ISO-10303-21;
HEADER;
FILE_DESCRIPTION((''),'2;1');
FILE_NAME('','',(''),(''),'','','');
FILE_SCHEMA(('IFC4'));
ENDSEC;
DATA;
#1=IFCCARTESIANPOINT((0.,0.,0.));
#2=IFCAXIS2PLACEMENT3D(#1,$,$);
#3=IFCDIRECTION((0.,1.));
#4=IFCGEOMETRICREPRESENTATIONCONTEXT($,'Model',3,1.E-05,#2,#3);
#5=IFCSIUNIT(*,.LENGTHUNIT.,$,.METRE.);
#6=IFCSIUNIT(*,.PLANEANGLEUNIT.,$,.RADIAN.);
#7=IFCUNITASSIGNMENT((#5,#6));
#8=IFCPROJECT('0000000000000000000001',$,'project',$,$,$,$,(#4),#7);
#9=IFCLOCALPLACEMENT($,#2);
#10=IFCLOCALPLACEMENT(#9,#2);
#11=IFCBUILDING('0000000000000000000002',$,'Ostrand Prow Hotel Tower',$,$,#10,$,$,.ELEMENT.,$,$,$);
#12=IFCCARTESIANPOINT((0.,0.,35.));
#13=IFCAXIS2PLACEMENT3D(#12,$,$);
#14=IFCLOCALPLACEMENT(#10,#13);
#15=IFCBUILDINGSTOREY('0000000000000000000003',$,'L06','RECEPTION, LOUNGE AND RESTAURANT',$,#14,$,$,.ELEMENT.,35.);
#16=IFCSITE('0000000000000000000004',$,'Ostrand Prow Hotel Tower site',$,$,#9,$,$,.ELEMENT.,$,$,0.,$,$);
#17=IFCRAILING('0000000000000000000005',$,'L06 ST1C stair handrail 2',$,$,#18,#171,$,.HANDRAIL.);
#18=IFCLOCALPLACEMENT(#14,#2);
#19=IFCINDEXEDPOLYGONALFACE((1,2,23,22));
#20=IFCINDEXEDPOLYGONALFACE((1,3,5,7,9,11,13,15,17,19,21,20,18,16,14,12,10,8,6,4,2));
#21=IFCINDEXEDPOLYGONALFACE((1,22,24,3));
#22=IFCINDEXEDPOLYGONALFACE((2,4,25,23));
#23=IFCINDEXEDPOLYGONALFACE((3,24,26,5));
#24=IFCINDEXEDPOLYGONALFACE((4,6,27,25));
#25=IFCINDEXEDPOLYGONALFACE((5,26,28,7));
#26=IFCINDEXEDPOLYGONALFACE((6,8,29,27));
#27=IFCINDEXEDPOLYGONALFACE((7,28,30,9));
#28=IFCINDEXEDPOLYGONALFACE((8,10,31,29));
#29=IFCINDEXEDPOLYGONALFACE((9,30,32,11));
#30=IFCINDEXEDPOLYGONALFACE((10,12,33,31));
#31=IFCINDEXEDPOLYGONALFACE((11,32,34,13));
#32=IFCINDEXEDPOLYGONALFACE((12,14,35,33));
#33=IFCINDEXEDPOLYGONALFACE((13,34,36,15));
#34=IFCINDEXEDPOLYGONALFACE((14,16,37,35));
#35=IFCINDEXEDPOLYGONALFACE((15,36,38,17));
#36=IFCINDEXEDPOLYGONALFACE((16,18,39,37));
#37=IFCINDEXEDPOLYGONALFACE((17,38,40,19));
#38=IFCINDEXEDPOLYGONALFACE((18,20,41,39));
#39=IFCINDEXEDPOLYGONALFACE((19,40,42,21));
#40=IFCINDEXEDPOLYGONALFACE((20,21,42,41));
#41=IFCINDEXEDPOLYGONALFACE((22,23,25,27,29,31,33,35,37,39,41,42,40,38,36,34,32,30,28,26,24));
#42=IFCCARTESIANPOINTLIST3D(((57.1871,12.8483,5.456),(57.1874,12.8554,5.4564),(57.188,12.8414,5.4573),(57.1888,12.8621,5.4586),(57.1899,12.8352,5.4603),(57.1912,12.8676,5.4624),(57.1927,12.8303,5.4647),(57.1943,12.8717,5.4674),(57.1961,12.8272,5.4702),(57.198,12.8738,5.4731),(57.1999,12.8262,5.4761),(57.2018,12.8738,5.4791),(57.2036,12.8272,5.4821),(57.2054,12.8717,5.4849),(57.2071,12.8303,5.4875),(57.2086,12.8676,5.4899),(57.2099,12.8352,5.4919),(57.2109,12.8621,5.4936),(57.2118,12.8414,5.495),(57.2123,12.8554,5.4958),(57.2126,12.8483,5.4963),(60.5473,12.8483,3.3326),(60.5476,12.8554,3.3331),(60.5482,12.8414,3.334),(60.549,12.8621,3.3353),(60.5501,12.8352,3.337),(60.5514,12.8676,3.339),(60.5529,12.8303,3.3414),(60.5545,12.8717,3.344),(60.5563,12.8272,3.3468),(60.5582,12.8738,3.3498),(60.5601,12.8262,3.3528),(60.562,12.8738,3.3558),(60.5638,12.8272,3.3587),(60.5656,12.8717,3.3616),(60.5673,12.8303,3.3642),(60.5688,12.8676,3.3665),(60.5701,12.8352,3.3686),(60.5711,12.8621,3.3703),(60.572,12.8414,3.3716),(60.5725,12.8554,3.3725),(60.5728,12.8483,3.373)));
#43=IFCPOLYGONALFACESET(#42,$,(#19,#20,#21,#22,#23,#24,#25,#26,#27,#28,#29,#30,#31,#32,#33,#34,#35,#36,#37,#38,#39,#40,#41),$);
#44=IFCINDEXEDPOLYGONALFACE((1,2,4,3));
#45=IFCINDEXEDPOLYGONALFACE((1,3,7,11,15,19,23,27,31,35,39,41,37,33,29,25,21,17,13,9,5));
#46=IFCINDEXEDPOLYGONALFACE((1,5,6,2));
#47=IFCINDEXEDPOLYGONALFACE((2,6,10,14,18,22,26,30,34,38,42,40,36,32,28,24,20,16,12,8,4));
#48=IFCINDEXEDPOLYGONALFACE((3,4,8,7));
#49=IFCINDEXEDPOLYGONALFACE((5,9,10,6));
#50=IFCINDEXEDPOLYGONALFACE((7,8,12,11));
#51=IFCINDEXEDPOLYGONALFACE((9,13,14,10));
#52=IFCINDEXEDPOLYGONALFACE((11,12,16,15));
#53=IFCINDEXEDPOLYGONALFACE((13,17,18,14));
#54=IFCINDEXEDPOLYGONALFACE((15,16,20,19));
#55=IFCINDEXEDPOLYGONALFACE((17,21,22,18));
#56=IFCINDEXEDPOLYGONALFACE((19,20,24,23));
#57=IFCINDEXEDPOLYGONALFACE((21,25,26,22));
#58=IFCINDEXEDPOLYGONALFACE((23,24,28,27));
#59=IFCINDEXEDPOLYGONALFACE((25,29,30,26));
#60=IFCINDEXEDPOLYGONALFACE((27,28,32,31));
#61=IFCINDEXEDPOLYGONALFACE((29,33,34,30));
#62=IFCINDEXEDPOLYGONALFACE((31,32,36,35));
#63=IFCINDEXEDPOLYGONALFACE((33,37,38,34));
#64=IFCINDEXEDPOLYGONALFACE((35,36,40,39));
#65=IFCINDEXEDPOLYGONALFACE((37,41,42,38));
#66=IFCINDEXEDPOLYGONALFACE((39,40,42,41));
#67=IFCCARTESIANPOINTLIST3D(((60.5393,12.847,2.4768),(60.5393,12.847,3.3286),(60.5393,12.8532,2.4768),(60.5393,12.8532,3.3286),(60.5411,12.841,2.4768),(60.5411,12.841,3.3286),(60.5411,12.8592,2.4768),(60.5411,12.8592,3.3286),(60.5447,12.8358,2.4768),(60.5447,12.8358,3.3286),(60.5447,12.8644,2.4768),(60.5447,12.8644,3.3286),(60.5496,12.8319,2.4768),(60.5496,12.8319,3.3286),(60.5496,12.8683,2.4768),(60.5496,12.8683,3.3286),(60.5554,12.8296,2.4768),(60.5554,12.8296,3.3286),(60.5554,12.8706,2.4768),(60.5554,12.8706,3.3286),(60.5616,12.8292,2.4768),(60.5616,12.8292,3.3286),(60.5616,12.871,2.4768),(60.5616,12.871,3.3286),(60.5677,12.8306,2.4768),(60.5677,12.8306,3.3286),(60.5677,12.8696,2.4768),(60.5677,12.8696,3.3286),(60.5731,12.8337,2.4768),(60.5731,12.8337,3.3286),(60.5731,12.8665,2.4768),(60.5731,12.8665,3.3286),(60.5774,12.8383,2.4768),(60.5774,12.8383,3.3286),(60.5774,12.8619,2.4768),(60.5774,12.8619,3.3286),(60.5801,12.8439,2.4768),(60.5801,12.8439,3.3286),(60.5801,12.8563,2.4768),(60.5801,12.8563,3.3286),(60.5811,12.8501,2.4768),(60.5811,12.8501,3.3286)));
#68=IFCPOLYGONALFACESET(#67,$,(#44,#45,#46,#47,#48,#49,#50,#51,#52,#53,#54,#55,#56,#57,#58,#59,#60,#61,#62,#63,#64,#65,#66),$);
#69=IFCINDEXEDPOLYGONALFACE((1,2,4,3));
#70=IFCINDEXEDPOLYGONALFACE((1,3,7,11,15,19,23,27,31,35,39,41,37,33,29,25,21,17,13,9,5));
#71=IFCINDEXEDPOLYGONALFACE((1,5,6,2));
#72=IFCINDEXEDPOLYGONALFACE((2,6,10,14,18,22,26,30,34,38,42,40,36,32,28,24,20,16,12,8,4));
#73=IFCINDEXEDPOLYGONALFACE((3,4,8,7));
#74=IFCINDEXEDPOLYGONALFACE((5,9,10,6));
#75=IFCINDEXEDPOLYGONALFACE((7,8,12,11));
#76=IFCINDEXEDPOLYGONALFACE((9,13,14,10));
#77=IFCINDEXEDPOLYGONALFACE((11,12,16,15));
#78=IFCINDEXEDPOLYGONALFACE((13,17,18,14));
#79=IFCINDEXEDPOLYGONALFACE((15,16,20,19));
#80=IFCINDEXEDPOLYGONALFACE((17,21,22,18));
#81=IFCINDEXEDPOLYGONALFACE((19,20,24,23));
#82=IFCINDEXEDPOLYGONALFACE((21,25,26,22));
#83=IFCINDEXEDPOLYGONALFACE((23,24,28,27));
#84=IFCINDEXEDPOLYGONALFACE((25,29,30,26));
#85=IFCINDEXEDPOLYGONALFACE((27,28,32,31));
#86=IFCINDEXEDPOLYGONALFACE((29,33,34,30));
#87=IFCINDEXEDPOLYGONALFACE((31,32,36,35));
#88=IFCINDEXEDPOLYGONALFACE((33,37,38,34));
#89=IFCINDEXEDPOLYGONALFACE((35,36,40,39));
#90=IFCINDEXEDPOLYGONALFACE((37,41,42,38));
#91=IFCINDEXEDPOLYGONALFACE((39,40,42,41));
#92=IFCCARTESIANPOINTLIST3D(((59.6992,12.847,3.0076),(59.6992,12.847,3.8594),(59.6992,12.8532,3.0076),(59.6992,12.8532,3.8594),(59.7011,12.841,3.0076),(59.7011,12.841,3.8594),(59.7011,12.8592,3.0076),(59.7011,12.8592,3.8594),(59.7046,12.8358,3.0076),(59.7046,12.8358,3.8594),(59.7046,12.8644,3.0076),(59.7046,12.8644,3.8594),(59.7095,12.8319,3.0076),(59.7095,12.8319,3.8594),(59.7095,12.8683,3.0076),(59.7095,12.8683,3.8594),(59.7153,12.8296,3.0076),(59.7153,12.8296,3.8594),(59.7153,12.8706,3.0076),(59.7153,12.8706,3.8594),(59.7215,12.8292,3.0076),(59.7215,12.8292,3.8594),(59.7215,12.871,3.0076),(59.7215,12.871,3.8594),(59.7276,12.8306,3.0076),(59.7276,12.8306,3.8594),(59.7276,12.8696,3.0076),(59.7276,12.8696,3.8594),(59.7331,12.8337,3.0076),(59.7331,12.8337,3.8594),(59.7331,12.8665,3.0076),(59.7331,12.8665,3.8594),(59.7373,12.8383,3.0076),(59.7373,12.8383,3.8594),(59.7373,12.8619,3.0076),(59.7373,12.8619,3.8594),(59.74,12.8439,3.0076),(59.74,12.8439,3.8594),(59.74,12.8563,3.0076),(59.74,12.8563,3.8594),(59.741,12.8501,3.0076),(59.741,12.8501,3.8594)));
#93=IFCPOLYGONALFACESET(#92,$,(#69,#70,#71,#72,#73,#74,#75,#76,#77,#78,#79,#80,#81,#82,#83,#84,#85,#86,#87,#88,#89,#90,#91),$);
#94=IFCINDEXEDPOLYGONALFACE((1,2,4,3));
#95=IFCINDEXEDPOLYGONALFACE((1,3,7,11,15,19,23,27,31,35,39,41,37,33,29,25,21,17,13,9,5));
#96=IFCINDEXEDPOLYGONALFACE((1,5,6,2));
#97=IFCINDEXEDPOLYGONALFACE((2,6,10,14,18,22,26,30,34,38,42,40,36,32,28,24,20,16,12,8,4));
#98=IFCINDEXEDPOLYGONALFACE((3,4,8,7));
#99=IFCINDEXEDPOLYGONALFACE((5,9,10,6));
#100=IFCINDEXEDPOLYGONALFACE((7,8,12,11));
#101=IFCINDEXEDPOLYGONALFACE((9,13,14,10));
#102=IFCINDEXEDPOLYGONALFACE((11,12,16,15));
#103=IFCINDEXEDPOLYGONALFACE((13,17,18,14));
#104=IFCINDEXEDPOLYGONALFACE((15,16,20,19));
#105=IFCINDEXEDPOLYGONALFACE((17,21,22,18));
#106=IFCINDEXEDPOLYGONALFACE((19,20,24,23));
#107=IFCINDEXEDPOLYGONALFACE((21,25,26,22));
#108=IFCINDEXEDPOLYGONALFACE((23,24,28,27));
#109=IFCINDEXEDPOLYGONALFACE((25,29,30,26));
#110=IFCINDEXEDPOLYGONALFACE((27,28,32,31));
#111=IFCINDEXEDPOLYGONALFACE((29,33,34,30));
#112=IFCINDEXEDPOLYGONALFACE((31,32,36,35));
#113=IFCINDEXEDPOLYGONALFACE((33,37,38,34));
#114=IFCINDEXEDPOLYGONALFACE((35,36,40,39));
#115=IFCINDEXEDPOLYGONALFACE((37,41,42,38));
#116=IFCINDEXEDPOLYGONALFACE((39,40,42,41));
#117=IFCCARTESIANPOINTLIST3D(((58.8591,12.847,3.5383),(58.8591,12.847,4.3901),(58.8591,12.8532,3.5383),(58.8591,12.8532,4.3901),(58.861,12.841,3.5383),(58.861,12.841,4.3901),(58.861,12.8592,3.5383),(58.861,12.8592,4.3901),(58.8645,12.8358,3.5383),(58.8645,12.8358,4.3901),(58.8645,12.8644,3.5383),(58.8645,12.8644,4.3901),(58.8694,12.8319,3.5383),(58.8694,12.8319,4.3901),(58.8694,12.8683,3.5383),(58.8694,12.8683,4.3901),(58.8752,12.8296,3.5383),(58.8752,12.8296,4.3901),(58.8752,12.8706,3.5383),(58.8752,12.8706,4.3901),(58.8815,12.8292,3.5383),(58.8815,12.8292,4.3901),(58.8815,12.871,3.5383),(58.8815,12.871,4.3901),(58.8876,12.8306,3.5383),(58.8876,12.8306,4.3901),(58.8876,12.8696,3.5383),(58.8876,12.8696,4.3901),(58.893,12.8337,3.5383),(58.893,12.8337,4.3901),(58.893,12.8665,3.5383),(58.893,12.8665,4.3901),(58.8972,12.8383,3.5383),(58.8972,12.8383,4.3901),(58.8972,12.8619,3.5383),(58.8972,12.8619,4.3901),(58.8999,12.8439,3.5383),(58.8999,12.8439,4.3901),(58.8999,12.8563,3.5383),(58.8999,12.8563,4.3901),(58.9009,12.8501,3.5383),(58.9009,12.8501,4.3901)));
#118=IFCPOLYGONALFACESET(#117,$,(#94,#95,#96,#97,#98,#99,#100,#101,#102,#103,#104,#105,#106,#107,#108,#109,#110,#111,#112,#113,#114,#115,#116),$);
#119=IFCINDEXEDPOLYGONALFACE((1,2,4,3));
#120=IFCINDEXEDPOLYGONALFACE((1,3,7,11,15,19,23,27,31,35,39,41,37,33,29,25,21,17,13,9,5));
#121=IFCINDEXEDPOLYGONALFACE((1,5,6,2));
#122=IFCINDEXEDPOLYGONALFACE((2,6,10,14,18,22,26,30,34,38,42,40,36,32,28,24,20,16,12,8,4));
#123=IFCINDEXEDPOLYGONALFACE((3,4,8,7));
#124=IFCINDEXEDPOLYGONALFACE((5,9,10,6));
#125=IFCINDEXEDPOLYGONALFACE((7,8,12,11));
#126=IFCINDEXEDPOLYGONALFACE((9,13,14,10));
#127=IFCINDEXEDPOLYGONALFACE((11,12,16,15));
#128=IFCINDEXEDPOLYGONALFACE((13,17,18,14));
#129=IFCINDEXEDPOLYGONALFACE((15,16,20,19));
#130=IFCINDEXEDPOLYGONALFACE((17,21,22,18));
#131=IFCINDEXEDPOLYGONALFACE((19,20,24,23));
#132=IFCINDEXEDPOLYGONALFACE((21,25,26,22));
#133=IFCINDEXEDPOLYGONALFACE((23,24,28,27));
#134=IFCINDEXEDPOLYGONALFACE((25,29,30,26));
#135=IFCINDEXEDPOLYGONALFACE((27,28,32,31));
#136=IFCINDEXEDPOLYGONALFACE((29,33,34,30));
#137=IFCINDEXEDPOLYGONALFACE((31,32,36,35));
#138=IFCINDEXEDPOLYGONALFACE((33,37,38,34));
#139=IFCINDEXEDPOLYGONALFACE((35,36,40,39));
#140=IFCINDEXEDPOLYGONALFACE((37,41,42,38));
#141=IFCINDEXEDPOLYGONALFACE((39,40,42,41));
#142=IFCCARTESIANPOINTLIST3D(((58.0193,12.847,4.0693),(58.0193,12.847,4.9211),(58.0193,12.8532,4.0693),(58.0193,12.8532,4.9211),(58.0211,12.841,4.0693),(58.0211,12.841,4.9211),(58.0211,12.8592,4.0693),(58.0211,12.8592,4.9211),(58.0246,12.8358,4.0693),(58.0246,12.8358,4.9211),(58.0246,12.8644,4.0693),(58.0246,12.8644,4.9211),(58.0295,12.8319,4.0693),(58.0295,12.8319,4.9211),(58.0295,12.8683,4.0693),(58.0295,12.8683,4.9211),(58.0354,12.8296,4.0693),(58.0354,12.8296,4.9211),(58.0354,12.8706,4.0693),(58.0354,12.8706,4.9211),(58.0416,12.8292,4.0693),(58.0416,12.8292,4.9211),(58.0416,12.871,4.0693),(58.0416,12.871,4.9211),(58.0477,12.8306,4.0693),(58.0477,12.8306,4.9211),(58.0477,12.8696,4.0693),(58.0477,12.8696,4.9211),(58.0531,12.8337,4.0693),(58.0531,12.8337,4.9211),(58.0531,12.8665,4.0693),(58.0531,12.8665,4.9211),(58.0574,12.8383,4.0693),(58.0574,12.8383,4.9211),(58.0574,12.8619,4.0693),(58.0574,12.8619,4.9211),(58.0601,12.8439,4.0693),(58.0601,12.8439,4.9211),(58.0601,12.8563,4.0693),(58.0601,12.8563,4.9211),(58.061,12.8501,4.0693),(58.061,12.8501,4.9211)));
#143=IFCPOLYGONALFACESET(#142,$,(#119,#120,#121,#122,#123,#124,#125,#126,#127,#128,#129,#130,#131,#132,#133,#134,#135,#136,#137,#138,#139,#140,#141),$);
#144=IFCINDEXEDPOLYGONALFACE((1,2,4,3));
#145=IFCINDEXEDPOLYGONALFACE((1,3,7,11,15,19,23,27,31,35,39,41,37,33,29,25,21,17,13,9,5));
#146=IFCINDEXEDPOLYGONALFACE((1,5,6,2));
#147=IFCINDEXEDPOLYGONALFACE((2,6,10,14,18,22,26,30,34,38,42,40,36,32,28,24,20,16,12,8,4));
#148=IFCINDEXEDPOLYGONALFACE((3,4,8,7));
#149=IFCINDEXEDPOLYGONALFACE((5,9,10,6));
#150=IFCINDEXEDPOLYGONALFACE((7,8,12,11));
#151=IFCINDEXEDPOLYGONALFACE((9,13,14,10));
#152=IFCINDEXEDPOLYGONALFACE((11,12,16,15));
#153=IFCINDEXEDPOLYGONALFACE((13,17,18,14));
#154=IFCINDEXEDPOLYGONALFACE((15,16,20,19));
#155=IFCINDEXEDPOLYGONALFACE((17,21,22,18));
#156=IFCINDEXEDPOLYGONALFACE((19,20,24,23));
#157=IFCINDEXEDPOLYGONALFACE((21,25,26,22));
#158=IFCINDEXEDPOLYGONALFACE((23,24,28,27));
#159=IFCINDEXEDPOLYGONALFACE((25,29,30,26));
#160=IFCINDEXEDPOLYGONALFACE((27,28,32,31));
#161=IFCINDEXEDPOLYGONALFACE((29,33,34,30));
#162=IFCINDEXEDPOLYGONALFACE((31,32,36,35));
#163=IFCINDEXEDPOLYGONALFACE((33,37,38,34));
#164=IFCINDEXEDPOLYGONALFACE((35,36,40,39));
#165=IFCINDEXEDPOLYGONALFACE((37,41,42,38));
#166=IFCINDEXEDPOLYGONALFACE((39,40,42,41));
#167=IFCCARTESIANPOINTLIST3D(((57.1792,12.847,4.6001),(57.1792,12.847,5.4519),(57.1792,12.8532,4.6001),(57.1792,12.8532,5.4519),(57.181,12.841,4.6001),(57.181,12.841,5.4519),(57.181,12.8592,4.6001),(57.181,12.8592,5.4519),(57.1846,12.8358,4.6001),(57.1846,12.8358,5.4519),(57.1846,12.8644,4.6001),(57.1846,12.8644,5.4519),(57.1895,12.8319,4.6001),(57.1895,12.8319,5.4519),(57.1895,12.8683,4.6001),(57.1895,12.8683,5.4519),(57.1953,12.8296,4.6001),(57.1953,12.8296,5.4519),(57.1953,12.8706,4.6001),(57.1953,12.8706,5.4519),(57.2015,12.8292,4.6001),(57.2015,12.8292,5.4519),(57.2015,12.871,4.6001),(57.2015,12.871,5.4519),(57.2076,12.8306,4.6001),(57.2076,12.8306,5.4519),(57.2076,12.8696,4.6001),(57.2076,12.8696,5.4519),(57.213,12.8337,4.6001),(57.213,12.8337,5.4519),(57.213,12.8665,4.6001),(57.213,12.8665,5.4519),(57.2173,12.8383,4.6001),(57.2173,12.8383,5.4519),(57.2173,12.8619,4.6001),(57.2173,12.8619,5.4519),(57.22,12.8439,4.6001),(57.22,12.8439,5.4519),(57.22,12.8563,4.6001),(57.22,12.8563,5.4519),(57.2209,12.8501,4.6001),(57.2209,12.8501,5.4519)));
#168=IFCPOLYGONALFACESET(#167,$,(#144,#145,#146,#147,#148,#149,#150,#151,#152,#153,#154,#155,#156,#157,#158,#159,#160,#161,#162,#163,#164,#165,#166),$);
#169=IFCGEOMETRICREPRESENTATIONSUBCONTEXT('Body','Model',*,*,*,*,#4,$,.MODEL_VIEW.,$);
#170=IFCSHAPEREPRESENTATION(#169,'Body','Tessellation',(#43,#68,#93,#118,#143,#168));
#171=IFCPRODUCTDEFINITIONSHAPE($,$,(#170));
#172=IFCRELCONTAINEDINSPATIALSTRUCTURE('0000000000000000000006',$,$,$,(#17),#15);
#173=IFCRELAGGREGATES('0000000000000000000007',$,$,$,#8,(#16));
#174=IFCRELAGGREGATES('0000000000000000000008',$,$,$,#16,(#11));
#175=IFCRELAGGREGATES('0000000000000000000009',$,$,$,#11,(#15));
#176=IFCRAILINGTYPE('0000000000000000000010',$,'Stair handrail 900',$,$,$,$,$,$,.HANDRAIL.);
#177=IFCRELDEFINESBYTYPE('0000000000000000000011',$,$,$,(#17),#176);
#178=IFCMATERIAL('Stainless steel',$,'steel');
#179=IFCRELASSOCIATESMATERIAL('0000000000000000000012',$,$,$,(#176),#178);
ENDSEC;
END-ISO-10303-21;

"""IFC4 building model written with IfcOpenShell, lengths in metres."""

from ifc_helpers import new_model, si_unit, direction, frame, origin, origin_2d, place, context, subcontext, project, spatial, circle, extrude, material, type_object, element, save


model = new_model("IFC4")

# Units and contexts
model_context = context("Model", 3, precision=1e-05, world=origin(), true_north=direction((0.0, 1.0)))
body_context = subcontext(model_context, "Body", "Model", "MODEL_VIEW")
ifc_project = project(units=[si_unit("LENGTHUNIT", "METRE"), si_unit("PLANEANGLEUNIT", "RADIAN")], contexts=[model_context])

# Site, building, storey
site_placement = place(None, origin())
site = spatial("IfcSite", under=ifc_project, at=site_placement, Name="Ostrand Prow Hotel Tower site", CompositionType="ELEMENT", RefElevation=0.0)
building_placement = place(site_placement, origin())
building = spatial("IfcBuilding", under=site, at=building_placement, Name="Ostrand Prow Hotel Tower", CompositionType="ELEMENT")
storey_placement = place(building_placement, frame((0.0, 0.0, 35.0)))
storey = spatial("IfcBuildingStorey", under=building, at=storey_placement, Name="L06", Description="RECEPTION, LOUNGE AND RESTAURANT", CompositionType="ELEMENT", Elevation=35.0)

# Railing
ifc_material_1 = material(Name="Stainless steel", Category="steel")
railing_type_1 = type_object("IfcRailingType", Name="Stair handrail 900", PredefinedType="HANDRAIL", material=ifc_material_1)
railing_1_placement = place(storey_placement, frame((60.5601, 12.8501, 2.4768)))
element("IfcRailing", 1, at=railing_1_placement, inside=storey, type_object=railing_type_1, Name="L06 ST1C stair handrail 2", PredefinedType="HANDRAIL", context=body_context, shape_type="SweptSolid", body=[
    extrude(circle(Radius=0.0239, at=origin_2d()), frame((0.0, 0.0, 0.876), z_axis=(-0.845362, 0.0, 0.534194), x_axis=(0.0, -1.0, 0.0)), (0.0, 0.0, 1.0), 3.9749),
    extrude(circle(Radius=0.021, at=origin_2d()), origin(), (0.0, 0.0, 1.0), 0.8518),
    extrude(circle(Radius=0.021, at=origin_2d()), frame((-0.8401, 0.0, 0.5308)), (0.0, 0.0, 1.0), 0.8518),
    extrude(circle(Radius=0.021, at=origin_2d()), frame((-1.6802, 0.0, 1.0615)), (0.0, 0.0, 1.0), 0.8518),
    extrude(circle(Radius=0.021, at=origin_2d()), frame((-2.52, 0.0, 1.5925)), (0.0, 0.0, 1.0), 0.8518),
    extrude(circle(Radius=0.021, at=origin_2d()), frame((-3.3601, 0.0, 2.1233)), (0.0, 0.0, 1.0), 0.8518),
])

save(model, "model.ifc")
